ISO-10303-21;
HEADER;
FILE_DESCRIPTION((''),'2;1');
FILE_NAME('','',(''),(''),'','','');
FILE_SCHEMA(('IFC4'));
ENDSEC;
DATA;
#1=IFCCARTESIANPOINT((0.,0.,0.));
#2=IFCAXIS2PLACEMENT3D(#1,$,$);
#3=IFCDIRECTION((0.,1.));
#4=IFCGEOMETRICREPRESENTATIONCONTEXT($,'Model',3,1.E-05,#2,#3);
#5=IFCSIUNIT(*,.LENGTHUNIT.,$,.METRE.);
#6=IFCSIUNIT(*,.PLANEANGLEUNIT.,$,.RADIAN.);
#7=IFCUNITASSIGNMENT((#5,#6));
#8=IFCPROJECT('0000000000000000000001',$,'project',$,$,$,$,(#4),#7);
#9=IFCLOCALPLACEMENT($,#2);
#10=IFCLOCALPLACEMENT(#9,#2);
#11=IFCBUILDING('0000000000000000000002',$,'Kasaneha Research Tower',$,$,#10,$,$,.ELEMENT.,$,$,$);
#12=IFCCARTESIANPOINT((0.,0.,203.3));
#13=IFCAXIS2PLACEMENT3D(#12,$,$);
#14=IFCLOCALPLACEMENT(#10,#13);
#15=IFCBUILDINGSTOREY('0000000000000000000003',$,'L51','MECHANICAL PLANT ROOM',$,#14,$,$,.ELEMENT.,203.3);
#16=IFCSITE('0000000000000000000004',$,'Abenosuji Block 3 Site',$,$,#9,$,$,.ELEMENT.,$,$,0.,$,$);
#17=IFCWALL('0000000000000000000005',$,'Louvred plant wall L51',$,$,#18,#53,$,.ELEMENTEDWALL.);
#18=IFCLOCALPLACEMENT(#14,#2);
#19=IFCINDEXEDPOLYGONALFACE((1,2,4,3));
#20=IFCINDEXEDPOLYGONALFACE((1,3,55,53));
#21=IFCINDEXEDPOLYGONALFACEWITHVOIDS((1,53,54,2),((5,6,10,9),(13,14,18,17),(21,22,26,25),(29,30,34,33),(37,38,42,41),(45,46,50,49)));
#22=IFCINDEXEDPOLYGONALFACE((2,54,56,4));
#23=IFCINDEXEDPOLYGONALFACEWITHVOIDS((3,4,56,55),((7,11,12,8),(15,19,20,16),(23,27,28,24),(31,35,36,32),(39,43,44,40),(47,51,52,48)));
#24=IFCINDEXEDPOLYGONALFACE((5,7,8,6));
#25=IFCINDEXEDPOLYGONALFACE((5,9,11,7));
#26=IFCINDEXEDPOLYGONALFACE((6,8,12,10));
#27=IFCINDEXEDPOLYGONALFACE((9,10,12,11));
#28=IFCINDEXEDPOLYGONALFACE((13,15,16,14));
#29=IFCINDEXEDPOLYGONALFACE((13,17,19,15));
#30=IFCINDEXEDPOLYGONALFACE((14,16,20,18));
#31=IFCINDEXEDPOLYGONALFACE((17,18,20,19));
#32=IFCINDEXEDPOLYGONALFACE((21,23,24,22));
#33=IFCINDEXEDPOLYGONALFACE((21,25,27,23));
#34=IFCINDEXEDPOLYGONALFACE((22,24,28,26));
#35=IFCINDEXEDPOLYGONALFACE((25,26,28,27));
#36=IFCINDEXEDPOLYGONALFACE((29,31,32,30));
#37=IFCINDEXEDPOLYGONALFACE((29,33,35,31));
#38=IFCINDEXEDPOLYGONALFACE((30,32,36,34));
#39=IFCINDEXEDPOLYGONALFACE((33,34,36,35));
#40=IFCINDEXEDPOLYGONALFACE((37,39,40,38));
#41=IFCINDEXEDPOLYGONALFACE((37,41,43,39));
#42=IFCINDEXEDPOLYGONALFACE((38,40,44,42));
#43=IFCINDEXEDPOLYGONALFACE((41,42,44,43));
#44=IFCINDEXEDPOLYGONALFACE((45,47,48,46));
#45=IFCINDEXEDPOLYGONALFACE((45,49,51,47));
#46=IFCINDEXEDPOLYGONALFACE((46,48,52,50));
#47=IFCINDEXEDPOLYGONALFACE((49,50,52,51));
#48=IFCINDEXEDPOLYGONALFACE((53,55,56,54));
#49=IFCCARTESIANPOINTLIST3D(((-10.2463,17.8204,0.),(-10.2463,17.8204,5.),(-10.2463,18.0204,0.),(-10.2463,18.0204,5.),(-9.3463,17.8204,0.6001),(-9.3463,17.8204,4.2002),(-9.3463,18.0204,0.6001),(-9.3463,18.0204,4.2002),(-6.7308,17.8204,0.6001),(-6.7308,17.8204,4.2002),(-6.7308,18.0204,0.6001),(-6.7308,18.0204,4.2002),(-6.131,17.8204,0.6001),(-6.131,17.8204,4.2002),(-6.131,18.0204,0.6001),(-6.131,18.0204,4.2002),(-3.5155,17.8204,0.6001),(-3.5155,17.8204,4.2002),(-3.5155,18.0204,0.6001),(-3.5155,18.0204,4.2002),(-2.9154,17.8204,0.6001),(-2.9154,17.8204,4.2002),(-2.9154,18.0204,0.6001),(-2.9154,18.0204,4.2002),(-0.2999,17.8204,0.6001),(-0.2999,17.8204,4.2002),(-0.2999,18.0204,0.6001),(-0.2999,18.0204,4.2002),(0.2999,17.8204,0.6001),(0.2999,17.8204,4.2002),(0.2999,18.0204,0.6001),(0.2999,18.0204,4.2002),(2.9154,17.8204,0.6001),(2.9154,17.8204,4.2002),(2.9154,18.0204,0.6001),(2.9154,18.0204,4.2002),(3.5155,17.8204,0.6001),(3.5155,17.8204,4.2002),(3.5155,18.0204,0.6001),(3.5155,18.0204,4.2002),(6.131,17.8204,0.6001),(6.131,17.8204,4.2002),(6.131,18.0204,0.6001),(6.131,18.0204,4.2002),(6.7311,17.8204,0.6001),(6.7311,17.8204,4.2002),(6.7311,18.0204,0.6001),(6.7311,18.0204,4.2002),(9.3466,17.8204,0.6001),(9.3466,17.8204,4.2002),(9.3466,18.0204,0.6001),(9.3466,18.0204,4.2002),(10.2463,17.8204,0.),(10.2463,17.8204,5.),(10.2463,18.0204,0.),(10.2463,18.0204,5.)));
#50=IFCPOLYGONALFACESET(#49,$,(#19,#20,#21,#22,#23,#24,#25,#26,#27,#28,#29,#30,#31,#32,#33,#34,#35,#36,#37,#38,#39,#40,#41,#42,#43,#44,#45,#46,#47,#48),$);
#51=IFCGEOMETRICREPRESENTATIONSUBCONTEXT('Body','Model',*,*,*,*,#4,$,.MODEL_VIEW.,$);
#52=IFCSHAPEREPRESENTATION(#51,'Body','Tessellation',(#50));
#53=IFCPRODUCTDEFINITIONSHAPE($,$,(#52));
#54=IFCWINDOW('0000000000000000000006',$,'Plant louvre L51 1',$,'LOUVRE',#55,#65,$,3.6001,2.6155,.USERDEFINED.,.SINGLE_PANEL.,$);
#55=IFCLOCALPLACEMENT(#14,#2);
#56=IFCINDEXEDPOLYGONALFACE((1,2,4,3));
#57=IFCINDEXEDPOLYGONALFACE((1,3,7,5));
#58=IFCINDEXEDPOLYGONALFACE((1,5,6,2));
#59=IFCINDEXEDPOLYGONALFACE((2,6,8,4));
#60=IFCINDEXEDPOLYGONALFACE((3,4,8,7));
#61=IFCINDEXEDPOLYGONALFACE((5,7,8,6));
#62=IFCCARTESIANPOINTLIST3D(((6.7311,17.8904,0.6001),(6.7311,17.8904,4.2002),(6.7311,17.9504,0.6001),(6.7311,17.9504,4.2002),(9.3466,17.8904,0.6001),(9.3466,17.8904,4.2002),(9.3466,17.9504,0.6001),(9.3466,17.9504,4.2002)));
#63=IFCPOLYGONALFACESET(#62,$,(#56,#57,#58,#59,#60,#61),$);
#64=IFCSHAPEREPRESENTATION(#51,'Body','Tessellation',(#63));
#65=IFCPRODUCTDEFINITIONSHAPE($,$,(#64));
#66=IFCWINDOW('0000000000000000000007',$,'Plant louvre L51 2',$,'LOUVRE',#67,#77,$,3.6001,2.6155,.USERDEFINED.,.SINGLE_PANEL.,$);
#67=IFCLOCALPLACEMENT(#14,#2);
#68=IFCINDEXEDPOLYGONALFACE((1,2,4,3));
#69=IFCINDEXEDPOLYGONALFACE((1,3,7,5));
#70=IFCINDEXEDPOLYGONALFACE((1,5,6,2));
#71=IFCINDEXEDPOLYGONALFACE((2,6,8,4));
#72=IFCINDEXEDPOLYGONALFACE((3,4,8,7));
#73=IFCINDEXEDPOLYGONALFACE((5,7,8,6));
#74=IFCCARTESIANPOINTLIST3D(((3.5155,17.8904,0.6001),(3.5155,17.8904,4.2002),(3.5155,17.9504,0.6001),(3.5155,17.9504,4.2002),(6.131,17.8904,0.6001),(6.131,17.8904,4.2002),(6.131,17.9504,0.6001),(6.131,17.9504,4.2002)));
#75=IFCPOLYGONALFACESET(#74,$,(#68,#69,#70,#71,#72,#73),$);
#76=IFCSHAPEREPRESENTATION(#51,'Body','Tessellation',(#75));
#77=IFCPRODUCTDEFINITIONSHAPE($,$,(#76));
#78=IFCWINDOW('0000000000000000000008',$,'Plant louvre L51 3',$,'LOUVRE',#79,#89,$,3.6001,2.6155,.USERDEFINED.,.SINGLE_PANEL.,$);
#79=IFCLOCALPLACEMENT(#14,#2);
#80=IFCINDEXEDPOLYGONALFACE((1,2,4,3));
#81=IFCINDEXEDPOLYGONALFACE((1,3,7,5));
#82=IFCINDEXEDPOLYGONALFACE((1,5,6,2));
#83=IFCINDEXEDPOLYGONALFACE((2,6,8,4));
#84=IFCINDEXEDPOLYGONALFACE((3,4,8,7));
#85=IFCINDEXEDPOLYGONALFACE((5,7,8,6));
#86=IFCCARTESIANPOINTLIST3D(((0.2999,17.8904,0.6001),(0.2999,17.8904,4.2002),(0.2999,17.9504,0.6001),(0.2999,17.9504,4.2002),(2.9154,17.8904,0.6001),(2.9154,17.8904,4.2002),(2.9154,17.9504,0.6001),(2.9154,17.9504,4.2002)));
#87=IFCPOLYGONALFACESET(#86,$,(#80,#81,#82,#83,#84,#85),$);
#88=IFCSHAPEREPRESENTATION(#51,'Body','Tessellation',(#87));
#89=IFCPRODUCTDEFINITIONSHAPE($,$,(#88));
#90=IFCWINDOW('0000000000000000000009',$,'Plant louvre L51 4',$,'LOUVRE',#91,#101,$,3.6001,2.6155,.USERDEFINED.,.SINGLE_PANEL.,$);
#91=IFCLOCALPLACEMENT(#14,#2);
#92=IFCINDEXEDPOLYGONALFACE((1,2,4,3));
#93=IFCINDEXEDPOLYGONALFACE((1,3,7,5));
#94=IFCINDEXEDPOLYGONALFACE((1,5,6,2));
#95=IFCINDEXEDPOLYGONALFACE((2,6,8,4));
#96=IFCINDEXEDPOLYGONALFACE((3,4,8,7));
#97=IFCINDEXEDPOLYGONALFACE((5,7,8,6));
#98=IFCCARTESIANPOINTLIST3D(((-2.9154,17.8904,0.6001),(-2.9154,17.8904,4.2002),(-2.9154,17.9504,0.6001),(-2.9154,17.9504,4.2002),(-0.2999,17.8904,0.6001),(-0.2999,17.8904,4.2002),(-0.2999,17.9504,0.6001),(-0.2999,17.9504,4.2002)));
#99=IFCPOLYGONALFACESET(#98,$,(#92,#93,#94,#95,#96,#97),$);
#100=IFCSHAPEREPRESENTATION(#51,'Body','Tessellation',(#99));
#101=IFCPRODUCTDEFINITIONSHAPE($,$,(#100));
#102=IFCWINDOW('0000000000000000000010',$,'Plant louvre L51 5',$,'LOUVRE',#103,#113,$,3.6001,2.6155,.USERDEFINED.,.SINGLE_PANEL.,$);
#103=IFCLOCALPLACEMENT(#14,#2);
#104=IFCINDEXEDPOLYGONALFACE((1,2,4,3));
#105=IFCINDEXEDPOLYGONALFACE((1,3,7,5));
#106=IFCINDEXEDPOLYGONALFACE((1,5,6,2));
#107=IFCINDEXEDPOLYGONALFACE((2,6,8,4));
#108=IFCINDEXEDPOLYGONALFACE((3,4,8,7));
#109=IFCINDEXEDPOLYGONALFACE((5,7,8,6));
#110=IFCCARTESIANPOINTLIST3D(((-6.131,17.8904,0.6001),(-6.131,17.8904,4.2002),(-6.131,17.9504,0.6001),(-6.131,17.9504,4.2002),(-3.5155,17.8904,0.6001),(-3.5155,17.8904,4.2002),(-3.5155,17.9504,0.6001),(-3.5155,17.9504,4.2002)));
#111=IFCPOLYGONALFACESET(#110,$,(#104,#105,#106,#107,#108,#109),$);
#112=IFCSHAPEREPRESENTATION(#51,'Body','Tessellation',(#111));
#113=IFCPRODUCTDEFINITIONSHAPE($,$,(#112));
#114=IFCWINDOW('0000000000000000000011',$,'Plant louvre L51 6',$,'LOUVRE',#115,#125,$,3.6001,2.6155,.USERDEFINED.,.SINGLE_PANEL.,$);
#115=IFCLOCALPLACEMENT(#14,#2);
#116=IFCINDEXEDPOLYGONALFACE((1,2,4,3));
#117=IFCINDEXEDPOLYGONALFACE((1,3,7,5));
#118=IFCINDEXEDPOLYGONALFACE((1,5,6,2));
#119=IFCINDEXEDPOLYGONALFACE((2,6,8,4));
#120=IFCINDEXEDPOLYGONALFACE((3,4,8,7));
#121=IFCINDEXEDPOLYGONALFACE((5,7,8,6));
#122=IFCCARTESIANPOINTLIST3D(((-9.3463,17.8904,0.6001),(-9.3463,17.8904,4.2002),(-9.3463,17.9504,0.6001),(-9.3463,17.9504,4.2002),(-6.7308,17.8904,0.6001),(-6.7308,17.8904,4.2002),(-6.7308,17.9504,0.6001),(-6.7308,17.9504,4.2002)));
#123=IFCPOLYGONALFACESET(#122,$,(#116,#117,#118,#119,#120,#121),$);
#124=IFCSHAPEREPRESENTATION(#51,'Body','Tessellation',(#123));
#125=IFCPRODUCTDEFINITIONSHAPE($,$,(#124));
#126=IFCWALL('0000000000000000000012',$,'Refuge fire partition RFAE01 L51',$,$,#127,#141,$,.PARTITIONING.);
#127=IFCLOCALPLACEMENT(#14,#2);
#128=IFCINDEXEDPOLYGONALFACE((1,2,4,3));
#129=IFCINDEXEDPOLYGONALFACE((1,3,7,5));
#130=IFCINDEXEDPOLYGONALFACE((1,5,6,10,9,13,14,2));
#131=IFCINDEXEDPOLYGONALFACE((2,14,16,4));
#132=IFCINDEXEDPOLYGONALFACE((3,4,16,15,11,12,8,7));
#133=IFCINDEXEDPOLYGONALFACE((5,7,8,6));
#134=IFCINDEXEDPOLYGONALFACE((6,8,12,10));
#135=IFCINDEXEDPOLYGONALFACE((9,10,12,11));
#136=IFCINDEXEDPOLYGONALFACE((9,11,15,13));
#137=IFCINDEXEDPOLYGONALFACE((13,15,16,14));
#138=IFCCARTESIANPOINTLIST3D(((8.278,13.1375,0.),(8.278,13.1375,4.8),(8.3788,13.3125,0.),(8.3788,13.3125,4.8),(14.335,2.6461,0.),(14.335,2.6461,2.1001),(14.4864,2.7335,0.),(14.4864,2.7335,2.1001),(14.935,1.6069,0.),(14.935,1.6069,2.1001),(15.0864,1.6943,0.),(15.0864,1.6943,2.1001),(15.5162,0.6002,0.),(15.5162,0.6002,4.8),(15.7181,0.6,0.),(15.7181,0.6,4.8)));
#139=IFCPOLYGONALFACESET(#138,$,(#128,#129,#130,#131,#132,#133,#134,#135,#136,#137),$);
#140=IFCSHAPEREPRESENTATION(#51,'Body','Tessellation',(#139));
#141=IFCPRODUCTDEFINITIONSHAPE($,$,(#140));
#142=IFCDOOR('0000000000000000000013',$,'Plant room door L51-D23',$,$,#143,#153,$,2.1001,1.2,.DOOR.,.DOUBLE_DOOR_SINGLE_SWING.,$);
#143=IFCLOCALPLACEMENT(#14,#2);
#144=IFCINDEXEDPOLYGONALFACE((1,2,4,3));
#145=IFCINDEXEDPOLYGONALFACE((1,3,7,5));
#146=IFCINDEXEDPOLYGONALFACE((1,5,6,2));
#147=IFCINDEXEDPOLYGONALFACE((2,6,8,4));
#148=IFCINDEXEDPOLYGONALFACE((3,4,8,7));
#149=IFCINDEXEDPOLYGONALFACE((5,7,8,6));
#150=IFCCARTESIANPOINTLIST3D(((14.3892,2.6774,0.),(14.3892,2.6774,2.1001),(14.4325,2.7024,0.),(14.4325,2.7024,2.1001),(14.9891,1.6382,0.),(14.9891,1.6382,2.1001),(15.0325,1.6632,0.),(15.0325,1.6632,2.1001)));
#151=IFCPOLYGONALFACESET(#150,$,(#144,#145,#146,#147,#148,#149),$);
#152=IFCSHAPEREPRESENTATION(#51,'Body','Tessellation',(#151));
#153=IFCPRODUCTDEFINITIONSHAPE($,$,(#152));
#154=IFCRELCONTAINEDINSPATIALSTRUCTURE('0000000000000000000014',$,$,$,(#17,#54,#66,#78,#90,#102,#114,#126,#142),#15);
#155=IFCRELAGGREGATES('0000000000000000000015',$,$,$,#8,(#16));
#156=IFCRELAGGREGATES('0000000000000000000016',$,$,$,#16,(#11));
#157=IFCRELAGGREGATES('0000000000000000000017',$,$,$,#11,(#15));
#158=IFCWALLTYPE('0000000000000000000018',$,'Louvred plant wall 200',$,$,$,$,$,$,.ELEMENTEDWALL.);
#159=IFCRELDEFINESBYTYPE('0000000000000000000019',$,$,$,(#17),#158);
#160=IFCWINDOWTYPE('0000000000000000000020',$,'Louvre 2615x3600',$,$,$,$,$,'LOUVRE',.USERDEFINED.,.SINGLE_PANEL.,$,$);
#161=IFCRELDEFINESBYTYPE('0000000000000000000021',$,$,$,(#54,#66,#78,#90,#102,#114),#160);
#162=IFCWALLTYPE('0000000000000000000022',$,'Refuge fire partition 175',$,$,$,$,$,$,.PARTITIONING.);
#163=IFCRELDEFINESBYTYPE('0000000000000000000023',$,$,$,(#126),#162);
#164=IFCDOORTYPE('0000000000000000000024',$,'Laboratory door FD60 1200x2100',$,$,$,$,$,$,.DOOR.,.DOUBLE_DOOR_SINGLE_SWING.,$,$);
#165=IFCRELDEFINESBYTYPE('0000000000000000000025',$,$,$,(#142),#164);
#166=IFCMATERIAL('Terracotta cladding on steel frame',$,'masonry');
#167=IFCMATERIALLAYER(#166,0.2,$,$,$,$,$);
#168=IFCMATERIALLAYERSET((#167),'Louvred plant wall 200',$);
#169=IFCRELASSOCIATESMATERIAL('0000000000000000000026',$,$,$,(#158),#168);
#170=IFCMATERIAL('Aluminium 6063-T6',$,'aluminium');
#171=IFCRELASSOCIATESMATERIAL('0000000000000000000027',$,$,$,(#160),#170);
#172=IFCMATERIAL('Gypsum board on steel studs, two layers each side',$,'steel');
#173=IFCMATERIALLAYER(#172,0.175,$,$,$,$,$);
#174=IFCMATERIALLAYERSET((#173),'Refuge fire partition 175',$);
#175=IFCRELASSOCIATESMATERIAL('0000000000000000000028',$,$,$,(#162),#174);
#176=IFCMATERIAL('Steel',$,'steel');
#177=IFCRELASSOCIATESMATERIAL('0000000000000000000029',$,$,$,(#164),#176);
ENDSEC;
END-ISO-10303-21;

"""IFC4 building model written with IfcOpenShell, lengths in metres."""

from ifc_helpers import new_model, si_unit, direction, frame, frame_2d, origin, place, context, subcontext, project, spatial, polyline, rectangle, outline, extrude, material, layer, layer_set, type_object, element, fill, save


model = new_model("IFC4")

# Units and contexts
model_context = context("Model", 3, precision=1e-05, world=origin(), true_north=direction((0.0, 1.0)))
body_context = subcontext(model_context, "Body", "Model", "MODEL_VIEW")
ifc_project = project(units=[si_unit("LENGTHUNIT", "METRE"), si_unit("PLANEANGLEUNIT", "RADIAN")], contexts=[model_context])

# Site, building, storey
site_placement = place(None, origin())
site = spatial("IfcSite", under=ifc_project, at=site_placement, Name="Abenosuji Block 3 Site", CompositionType="ELEMENT", RefElevation=0.0)
building_placement = place(site_placement, origin())
building = spatial("IfcBuilding", under=site, at=building_placement, Name="Kasaneha Research Tower", CompositionType="ELEMENT")
storey_placement = place(building_placement, frame((0.0, 0.0, 203.3)))
storey = spatial("IfcBuildingStorey", under=building, at=storey_placement, Name="L51", Description="MECHANICAL PLANT ROOM", CompositionType="ELEMENT", Elevation=203.3)

# Shared definitions
ifc_material_1 = material(Name="Terracotta cladding on steel frame", Category="masonry")
ifc_layer_1 = layer(ifc_material_1, 0.2)
ifc_layer_set_1 = layer_set([ifc_layer_1], Name="Louvred plant wall 200")
wall_type_1 = type_object("IfcWallType", Name="Louvred plant wall 200", PredefinedType="ELEMENTEDWALL", material=ifc_layer_set_1)

# Wall, openings, windows
wall_1_placement = place(storey_placement, frame((10.2463, 17.9204, 0.0), z_axis=(0.0, 0.0, 1.0), x_axis=(-1.0, 0.0, 0.0)))
wall_1 = element("IfcWall", 1, at=wall_1_placement, inside=storey, type_object=wall_type_1, Name="Louvred plant wall L51", PredefinedType="ELEMENTEDWALL", context=body_context, shape_type="SweptSolid", body=[
    extrude(rectangle(XDim=20.4927, YDim=0.2, at=frame_2d((10.2463, 0.0))), origin(), (0.0, 0.0, 1.0), 5.0),
])
opening_1_placement = place(wall_1_placement, frame((0.8999, 0.0, 0.6001)))
opening_1 = element("IfcOpeningElement", 2, at=opening_1_placement, cuts=wall_1, PredefinedType="OPENING", context=body_context, shape_type="SweptSolid", body=[
    extrude(rectangle(XDim=2.6155, YDim=3.6001, at=frame_2d((1.3076, 1.8))), frame((0.0, 0.1099, 0.0), z_axis=(0.0, -1.0, 0.0), x_axis=(1.0, 0.0, 0.0)), (0.0, 0.0, 1.0), 0.22),
])
opening_2_placement = place(wall_1_placement, frame((4.1155, 0.0, 0.6001)))
opening_2 = element("IfcOpeningElement", 3, at=opening_2_placement, cuts=wall_1, PredefinedType="OPENING", context=body_context, shape_type="SweptSolid", body=[
    extrude(rectangle(XDim=2.6155, YDim=3.6001, at=frame_2d((1.3076, 1.8))), frame((0.0, 0.1099, 0.0), z_axis=(0.0, -1.0, 0.0), x_axis=(1.0, 0.0, 0.0)), (0.0, 0.0, 1.0), 0.22),
])
opening_3_placement = place(wall_1_placement, frame((7.3311, 0.0, 0.6001)))
opening_3 = element("IfcOpeningElement", 4, at=opening_3_placement, cuts=wall_1, PredefinedType="OPENING", context=body_context, shape_type="SweptSolid", body=[
    extrude(rectangle(XDim=2.6155, YDim=3.6001, at=frame_2d((1.3076, 1.8))), frame((0.0, 0.1099, 0.0), z_axis=(0.0, -1.0, 0.0), x_axis=(1.0, 0.0, 0.0)), (0.0, 0.0, 1.0), 0.22),
])
opening_4_placement = place(wall_1_placement, frame((10.5464, 0.0, 0.6001)))
opening_4 = element("IfcOpeningElement", 5, at=opening_4_placement, cuts=wall_1, PredefinedType="OPENING", context=body_context, shape_type="SweptSolid", body=[
    extrude(rectangle(XDim=2.6155, YDim=3.6001, at=frame_2d((1.3076, 1.8))), frame((0.0, 0.1099, 0.0), z_axis=(0.0, -1.0, 0.0), x_axis=(1.0, 0.0, 0.0)), (0.0, 0.0, 1.0), 0.22),
])
opening_5_placement = place(wall_1_placement, frame((13.762, 0.0, 0.6001)))
opening_5 = element("IfcOpeningElement", 6, at=opening_5_placement, cuts=wall_1, PredefinedType="OPENING", context=body_context, shape_type="SweptSolid", body=[
    extrude(rectangle(XDim=2.6155, YDim=3.6001, at=frame_2d((1.3076, 1.8))), frame((0.0, 0.1099, 0.0), z_axis=(0.0, -1.0, 0.0), x_axis=(1.0, 0.0, 0.0)), (0.0, 0.0, 1.0), 0.22),
])
opening_6_placement = place(wall_1_placement, frame((16.9773, 0.0, 0.6001)))
opening_6 = element("IfcOpeningElement", 7, at=opening_6_placement, cuts=wall_1, PredefinedType="OPENING", context=body_context, shape_type="SweptSolid", body=[
    extrude(rectangle(XDim=2.6155, YDim=3.6001, at=frame_2d((1.3076, 1.8))), frame((0.0, 0.1099, 0.0), z_axis=(0.0, -1.0, 0.0), x_axis=(1.0, 0.0, 0.0)), (0.0, 0.0, 1.0), 0.22),
])
ifc_material_2 = material(Name="Aluminium 6063-T6", Category="aluminium")
window_type = type_object("IfcWindowType", Name="Louvre 2615x3600", ElementType="LOUVRE", PartitioningType="SINGLE_PANEL", PredefinedType="USERDEFINED", material=ifc_material_2)
window_1_placement = place(opening_1_placement, origin())
window_1 = element("IfcWindow", 8, at=window_1_placement, inside=storey, type_object=window_type, Name="Plant louvre L51 1", ObjectType="LOUVRE", OverallHeight=3.6001, OverallWidth=2.6155, PartitioningType="SINGLE_PANEL", PredefinedType="USERDEFINED", context=body_context, shape_type="SweptSolid", body=[
    extrude(rectangle(XDim=2.6155, YDim=3.6001, at=frame_2d((1.3076, 1.8))), frame((0.0, 0.03, 0.0), z_axis=(0.0, -1.0, 0.0), x_axis=(1.0, 0.0, 0.0)), (0.0, 0.0, 1.0), 0.0601),
])
fill(opening_1, window_1)
window_2_placement = place(opening_2_placement, origin())
window_2 = element("IfcWindow", 9, at=window_2_placement, inside=storey, type_object=window_type, Name="Plant louvre L51 2", ObjectType="LOUVRE", OverallHeight=3.6001, OverallWidth=2.6155, PartitioningType="SINGLE_PANEL", PredefinedType="USERDEFINED", context=body_context, shape_type="SweptSolid", body=[
    extrude(rectangle(XDim=2.6155, YDim=3.6001, at=frame_2d((1.3076, 1.8))), frame((0.0, 0.03, 0.0), z_axis=(0.0, -1.0, 0.0), x_axis=(1.0, 0.0, 0.0)), (0.0, 0.0, 1.0), 0.0601),
])
fill(opening_2, window_2)
window_3_placement = place(opening_3_placement, origin())
window_3 = element("IfcWindow", 10, at=window_3_placement, inside=storey, type_object=window_type, Name="Plant louvre L51 3", ObjectType="LOUVRE", OverallHeight=3.6001, OverallWidth=2.6155, PartitioningType="SINGLE_PANEL", PredefinedType="USERDEFINED", context=body_context, shape_type="SweptSolid", body=[
    extrude(rectangle(XDim=2.6155, YDim=3.6001, at=frame_2d((1.3076, 1.8))), frame((0.0, 0.03, 0.0), z_axis=(0.0, -1.0, 0.0), x_axis=(1.0, 0.0, 0.0)), (0.0, 0.0, 1.0), 0.0601),
])
fill(opening_3, window_3)
window_4_placement = place(opening_4_placement, origin())
window_4 = element("IfcWindow", 11, at=window_4_placement, inside=storey, type_object=window_type, Name="Plant louvre L51 4", ObjectType="LOUVRE", OverallHeight=3.6001, OverallWidth=2.6155, PartitioningType="SINGLE_PANEL", PredefinedType="USERDEFINED", context=body_context, shape_type="SweptSolid", body=[
    extrude(rectangle(XDim=2.6155, YDim=3.6001, at=frame_2d((1.3076, 1.8))), frame((0.0, 0.03, 0.0), z_axis=(0.0, -1.0, 0.0), x_axis=(1.0, 0.0, 0.0)), (0.0, 0.0, 1.0), 0.0601),
])
fill(opening_4, window_4)
window_5_placement = place(opening_5_placement, origin())
window_5 = element("IfcWindow", 12, at=window_5_placement, inside=storey, type_object=window_type, Name="Plant louvre L51 5", ObjectType="LOUVRE", OverallHeight=3.6001, OverallWidth=2.6155, PartitioningType="SINGLE_PANEL", PredefinedType="USERDEFINED", context=body_context, shape_type="SweptSolid", body=[
    extrude(rectangle(XDim=2.6155, YDim=3.6001, at=frame_2d((1.3076, 1.8))), frame((0.0, 0.03, 0.0), z_axis=(0.0, -1.0, 0.0), x_axis=(1.0, 0.0, 0.0)), (0.0, 0.0, 1.0), 0.0601),
])
fill(opening_5, window_5)
window_6_placement = place(opening_6_placement, origin())
window_6 = element("IfcWindow", 13, at=window_6_placement, inside=storey, type_object=window_type, Name="Plant louvre L51 6", ObjectType="LOUVRE", OverallHeight=3.6001, OverallWidth=2.6155, PartitioningType="SINGLE_PANEL", PredefinedType="USERDEFINED", context=body_context, shape_type="SweptSolid", body=[
    extrude(rectangle(XDim=2.6155, YDim=3.6001, at=frame_2d((1.3076, 1.8))), frame((0.0, 0.03, 0.0), z_axis=(0.0, -1.0, 0.0), x_axis=(1.0, 0.0, 0.0)), (0.0, 0.0, 1.0), 0.0601),
])
fill(opening_6, window_6)

# Wall, opening, door
ifc_material_3 = material(Name="Gypsum board on steel studs, two layers each side", Category="steel")
ifc_layer_2 = layer(ifc_material_3, 0.175)
ifc_layer_set_2 = layer_set([ifc_layer_2], Name="Refuge fire partition 175")
wall_type_2 = type_object("IfcWallType", Name="Refuge fire partition 175", PredefinedType="PARTITIONING", material=ifc_layer_set_2)
wall_2_placement = place(storey_placement, frame((15.6172, 0.6001, 0.0), z_axis=(0.0, 0.0, 1.0), x_axis=(-0.499988, 0.866032, 0.0)))
wall_2 = element("IfcWall", 14, at=wall_2_placement, inside=storey, type_object=wall_type_2, Name="Refuge fire partition RFAE01 L51", PredefinedType="PARTITIONING", context=body_context, shape_type="SweptSolid", body=[
    extrude(outline(polyline([(-0.0505, -0.0874), (1.2129, -0.0874), (2.4128, -0.0874), (14.6284, -0.0874), (14.5273, 0.0874), (2.4128, 0.0874), (1.2129, 0.0874), (0.0505, 0.0874), (-0.0505, -0.0874)])), origin(), (0.0, 0.0, 1.0), 4.8),
])
opening_7_placement = place(wall_2_placement, frame((1.2129, 0.0, 0.0)))
opening_7 = element("IfcOpeningElement", 15, at=opening_7_placement, cuts=wall_2, PredefinedType="OPENING", context=body_context, shape_type="SweptSolid", body=[
    extrude(rectangle(XDim=1.2, YDim=2.1001, at=frame_2d((0.6001, 1.05))), frame((0.0, 0.0977, 0.0), z_axis=(0.0, -1.0, 0.0), x_axis=(1.0, 0.0, 0.0)), (0.0, 0.0, 1.0), 0.1951),
])
ifc_material_4 = material(Name="Steel", Category="steel")
door_type = type_object("IfcDoorType", Name="Laboratory door FD60 1200x2100", OperationType="DOUBLE_DOOR_SINGLE_SWING", PredefinedType="DOOR", material=ifc_material_4)
door_placement = place(opening_7_placement, origin())
door = element("IfcDoor", 16, at=door_placement, inside=storey, type_object=door_type, Name="Plant room door L51-D23", OperationType="DOUBLE_DOOR_SINGLE_SWING", OverallHeight=2.1001, OverallWidth=1.2, PredefinedType="DOOR", context=body_context, shape_type="SweptSolid", body=[
    extrude(rectangle(XDim=1.2, YDim=2.1001, at=frame_2d((0.6001, 1.05))), frame((0.0, 0.0249, 0.0), z_axis=(0.0, -1.0, 0.0), x_axis=(1.0, 0.0, 0.0)), (0.0, 0.0, 1.0), 0.05),
])
fill(opening_7, door)

save(model, "model.ifc")
